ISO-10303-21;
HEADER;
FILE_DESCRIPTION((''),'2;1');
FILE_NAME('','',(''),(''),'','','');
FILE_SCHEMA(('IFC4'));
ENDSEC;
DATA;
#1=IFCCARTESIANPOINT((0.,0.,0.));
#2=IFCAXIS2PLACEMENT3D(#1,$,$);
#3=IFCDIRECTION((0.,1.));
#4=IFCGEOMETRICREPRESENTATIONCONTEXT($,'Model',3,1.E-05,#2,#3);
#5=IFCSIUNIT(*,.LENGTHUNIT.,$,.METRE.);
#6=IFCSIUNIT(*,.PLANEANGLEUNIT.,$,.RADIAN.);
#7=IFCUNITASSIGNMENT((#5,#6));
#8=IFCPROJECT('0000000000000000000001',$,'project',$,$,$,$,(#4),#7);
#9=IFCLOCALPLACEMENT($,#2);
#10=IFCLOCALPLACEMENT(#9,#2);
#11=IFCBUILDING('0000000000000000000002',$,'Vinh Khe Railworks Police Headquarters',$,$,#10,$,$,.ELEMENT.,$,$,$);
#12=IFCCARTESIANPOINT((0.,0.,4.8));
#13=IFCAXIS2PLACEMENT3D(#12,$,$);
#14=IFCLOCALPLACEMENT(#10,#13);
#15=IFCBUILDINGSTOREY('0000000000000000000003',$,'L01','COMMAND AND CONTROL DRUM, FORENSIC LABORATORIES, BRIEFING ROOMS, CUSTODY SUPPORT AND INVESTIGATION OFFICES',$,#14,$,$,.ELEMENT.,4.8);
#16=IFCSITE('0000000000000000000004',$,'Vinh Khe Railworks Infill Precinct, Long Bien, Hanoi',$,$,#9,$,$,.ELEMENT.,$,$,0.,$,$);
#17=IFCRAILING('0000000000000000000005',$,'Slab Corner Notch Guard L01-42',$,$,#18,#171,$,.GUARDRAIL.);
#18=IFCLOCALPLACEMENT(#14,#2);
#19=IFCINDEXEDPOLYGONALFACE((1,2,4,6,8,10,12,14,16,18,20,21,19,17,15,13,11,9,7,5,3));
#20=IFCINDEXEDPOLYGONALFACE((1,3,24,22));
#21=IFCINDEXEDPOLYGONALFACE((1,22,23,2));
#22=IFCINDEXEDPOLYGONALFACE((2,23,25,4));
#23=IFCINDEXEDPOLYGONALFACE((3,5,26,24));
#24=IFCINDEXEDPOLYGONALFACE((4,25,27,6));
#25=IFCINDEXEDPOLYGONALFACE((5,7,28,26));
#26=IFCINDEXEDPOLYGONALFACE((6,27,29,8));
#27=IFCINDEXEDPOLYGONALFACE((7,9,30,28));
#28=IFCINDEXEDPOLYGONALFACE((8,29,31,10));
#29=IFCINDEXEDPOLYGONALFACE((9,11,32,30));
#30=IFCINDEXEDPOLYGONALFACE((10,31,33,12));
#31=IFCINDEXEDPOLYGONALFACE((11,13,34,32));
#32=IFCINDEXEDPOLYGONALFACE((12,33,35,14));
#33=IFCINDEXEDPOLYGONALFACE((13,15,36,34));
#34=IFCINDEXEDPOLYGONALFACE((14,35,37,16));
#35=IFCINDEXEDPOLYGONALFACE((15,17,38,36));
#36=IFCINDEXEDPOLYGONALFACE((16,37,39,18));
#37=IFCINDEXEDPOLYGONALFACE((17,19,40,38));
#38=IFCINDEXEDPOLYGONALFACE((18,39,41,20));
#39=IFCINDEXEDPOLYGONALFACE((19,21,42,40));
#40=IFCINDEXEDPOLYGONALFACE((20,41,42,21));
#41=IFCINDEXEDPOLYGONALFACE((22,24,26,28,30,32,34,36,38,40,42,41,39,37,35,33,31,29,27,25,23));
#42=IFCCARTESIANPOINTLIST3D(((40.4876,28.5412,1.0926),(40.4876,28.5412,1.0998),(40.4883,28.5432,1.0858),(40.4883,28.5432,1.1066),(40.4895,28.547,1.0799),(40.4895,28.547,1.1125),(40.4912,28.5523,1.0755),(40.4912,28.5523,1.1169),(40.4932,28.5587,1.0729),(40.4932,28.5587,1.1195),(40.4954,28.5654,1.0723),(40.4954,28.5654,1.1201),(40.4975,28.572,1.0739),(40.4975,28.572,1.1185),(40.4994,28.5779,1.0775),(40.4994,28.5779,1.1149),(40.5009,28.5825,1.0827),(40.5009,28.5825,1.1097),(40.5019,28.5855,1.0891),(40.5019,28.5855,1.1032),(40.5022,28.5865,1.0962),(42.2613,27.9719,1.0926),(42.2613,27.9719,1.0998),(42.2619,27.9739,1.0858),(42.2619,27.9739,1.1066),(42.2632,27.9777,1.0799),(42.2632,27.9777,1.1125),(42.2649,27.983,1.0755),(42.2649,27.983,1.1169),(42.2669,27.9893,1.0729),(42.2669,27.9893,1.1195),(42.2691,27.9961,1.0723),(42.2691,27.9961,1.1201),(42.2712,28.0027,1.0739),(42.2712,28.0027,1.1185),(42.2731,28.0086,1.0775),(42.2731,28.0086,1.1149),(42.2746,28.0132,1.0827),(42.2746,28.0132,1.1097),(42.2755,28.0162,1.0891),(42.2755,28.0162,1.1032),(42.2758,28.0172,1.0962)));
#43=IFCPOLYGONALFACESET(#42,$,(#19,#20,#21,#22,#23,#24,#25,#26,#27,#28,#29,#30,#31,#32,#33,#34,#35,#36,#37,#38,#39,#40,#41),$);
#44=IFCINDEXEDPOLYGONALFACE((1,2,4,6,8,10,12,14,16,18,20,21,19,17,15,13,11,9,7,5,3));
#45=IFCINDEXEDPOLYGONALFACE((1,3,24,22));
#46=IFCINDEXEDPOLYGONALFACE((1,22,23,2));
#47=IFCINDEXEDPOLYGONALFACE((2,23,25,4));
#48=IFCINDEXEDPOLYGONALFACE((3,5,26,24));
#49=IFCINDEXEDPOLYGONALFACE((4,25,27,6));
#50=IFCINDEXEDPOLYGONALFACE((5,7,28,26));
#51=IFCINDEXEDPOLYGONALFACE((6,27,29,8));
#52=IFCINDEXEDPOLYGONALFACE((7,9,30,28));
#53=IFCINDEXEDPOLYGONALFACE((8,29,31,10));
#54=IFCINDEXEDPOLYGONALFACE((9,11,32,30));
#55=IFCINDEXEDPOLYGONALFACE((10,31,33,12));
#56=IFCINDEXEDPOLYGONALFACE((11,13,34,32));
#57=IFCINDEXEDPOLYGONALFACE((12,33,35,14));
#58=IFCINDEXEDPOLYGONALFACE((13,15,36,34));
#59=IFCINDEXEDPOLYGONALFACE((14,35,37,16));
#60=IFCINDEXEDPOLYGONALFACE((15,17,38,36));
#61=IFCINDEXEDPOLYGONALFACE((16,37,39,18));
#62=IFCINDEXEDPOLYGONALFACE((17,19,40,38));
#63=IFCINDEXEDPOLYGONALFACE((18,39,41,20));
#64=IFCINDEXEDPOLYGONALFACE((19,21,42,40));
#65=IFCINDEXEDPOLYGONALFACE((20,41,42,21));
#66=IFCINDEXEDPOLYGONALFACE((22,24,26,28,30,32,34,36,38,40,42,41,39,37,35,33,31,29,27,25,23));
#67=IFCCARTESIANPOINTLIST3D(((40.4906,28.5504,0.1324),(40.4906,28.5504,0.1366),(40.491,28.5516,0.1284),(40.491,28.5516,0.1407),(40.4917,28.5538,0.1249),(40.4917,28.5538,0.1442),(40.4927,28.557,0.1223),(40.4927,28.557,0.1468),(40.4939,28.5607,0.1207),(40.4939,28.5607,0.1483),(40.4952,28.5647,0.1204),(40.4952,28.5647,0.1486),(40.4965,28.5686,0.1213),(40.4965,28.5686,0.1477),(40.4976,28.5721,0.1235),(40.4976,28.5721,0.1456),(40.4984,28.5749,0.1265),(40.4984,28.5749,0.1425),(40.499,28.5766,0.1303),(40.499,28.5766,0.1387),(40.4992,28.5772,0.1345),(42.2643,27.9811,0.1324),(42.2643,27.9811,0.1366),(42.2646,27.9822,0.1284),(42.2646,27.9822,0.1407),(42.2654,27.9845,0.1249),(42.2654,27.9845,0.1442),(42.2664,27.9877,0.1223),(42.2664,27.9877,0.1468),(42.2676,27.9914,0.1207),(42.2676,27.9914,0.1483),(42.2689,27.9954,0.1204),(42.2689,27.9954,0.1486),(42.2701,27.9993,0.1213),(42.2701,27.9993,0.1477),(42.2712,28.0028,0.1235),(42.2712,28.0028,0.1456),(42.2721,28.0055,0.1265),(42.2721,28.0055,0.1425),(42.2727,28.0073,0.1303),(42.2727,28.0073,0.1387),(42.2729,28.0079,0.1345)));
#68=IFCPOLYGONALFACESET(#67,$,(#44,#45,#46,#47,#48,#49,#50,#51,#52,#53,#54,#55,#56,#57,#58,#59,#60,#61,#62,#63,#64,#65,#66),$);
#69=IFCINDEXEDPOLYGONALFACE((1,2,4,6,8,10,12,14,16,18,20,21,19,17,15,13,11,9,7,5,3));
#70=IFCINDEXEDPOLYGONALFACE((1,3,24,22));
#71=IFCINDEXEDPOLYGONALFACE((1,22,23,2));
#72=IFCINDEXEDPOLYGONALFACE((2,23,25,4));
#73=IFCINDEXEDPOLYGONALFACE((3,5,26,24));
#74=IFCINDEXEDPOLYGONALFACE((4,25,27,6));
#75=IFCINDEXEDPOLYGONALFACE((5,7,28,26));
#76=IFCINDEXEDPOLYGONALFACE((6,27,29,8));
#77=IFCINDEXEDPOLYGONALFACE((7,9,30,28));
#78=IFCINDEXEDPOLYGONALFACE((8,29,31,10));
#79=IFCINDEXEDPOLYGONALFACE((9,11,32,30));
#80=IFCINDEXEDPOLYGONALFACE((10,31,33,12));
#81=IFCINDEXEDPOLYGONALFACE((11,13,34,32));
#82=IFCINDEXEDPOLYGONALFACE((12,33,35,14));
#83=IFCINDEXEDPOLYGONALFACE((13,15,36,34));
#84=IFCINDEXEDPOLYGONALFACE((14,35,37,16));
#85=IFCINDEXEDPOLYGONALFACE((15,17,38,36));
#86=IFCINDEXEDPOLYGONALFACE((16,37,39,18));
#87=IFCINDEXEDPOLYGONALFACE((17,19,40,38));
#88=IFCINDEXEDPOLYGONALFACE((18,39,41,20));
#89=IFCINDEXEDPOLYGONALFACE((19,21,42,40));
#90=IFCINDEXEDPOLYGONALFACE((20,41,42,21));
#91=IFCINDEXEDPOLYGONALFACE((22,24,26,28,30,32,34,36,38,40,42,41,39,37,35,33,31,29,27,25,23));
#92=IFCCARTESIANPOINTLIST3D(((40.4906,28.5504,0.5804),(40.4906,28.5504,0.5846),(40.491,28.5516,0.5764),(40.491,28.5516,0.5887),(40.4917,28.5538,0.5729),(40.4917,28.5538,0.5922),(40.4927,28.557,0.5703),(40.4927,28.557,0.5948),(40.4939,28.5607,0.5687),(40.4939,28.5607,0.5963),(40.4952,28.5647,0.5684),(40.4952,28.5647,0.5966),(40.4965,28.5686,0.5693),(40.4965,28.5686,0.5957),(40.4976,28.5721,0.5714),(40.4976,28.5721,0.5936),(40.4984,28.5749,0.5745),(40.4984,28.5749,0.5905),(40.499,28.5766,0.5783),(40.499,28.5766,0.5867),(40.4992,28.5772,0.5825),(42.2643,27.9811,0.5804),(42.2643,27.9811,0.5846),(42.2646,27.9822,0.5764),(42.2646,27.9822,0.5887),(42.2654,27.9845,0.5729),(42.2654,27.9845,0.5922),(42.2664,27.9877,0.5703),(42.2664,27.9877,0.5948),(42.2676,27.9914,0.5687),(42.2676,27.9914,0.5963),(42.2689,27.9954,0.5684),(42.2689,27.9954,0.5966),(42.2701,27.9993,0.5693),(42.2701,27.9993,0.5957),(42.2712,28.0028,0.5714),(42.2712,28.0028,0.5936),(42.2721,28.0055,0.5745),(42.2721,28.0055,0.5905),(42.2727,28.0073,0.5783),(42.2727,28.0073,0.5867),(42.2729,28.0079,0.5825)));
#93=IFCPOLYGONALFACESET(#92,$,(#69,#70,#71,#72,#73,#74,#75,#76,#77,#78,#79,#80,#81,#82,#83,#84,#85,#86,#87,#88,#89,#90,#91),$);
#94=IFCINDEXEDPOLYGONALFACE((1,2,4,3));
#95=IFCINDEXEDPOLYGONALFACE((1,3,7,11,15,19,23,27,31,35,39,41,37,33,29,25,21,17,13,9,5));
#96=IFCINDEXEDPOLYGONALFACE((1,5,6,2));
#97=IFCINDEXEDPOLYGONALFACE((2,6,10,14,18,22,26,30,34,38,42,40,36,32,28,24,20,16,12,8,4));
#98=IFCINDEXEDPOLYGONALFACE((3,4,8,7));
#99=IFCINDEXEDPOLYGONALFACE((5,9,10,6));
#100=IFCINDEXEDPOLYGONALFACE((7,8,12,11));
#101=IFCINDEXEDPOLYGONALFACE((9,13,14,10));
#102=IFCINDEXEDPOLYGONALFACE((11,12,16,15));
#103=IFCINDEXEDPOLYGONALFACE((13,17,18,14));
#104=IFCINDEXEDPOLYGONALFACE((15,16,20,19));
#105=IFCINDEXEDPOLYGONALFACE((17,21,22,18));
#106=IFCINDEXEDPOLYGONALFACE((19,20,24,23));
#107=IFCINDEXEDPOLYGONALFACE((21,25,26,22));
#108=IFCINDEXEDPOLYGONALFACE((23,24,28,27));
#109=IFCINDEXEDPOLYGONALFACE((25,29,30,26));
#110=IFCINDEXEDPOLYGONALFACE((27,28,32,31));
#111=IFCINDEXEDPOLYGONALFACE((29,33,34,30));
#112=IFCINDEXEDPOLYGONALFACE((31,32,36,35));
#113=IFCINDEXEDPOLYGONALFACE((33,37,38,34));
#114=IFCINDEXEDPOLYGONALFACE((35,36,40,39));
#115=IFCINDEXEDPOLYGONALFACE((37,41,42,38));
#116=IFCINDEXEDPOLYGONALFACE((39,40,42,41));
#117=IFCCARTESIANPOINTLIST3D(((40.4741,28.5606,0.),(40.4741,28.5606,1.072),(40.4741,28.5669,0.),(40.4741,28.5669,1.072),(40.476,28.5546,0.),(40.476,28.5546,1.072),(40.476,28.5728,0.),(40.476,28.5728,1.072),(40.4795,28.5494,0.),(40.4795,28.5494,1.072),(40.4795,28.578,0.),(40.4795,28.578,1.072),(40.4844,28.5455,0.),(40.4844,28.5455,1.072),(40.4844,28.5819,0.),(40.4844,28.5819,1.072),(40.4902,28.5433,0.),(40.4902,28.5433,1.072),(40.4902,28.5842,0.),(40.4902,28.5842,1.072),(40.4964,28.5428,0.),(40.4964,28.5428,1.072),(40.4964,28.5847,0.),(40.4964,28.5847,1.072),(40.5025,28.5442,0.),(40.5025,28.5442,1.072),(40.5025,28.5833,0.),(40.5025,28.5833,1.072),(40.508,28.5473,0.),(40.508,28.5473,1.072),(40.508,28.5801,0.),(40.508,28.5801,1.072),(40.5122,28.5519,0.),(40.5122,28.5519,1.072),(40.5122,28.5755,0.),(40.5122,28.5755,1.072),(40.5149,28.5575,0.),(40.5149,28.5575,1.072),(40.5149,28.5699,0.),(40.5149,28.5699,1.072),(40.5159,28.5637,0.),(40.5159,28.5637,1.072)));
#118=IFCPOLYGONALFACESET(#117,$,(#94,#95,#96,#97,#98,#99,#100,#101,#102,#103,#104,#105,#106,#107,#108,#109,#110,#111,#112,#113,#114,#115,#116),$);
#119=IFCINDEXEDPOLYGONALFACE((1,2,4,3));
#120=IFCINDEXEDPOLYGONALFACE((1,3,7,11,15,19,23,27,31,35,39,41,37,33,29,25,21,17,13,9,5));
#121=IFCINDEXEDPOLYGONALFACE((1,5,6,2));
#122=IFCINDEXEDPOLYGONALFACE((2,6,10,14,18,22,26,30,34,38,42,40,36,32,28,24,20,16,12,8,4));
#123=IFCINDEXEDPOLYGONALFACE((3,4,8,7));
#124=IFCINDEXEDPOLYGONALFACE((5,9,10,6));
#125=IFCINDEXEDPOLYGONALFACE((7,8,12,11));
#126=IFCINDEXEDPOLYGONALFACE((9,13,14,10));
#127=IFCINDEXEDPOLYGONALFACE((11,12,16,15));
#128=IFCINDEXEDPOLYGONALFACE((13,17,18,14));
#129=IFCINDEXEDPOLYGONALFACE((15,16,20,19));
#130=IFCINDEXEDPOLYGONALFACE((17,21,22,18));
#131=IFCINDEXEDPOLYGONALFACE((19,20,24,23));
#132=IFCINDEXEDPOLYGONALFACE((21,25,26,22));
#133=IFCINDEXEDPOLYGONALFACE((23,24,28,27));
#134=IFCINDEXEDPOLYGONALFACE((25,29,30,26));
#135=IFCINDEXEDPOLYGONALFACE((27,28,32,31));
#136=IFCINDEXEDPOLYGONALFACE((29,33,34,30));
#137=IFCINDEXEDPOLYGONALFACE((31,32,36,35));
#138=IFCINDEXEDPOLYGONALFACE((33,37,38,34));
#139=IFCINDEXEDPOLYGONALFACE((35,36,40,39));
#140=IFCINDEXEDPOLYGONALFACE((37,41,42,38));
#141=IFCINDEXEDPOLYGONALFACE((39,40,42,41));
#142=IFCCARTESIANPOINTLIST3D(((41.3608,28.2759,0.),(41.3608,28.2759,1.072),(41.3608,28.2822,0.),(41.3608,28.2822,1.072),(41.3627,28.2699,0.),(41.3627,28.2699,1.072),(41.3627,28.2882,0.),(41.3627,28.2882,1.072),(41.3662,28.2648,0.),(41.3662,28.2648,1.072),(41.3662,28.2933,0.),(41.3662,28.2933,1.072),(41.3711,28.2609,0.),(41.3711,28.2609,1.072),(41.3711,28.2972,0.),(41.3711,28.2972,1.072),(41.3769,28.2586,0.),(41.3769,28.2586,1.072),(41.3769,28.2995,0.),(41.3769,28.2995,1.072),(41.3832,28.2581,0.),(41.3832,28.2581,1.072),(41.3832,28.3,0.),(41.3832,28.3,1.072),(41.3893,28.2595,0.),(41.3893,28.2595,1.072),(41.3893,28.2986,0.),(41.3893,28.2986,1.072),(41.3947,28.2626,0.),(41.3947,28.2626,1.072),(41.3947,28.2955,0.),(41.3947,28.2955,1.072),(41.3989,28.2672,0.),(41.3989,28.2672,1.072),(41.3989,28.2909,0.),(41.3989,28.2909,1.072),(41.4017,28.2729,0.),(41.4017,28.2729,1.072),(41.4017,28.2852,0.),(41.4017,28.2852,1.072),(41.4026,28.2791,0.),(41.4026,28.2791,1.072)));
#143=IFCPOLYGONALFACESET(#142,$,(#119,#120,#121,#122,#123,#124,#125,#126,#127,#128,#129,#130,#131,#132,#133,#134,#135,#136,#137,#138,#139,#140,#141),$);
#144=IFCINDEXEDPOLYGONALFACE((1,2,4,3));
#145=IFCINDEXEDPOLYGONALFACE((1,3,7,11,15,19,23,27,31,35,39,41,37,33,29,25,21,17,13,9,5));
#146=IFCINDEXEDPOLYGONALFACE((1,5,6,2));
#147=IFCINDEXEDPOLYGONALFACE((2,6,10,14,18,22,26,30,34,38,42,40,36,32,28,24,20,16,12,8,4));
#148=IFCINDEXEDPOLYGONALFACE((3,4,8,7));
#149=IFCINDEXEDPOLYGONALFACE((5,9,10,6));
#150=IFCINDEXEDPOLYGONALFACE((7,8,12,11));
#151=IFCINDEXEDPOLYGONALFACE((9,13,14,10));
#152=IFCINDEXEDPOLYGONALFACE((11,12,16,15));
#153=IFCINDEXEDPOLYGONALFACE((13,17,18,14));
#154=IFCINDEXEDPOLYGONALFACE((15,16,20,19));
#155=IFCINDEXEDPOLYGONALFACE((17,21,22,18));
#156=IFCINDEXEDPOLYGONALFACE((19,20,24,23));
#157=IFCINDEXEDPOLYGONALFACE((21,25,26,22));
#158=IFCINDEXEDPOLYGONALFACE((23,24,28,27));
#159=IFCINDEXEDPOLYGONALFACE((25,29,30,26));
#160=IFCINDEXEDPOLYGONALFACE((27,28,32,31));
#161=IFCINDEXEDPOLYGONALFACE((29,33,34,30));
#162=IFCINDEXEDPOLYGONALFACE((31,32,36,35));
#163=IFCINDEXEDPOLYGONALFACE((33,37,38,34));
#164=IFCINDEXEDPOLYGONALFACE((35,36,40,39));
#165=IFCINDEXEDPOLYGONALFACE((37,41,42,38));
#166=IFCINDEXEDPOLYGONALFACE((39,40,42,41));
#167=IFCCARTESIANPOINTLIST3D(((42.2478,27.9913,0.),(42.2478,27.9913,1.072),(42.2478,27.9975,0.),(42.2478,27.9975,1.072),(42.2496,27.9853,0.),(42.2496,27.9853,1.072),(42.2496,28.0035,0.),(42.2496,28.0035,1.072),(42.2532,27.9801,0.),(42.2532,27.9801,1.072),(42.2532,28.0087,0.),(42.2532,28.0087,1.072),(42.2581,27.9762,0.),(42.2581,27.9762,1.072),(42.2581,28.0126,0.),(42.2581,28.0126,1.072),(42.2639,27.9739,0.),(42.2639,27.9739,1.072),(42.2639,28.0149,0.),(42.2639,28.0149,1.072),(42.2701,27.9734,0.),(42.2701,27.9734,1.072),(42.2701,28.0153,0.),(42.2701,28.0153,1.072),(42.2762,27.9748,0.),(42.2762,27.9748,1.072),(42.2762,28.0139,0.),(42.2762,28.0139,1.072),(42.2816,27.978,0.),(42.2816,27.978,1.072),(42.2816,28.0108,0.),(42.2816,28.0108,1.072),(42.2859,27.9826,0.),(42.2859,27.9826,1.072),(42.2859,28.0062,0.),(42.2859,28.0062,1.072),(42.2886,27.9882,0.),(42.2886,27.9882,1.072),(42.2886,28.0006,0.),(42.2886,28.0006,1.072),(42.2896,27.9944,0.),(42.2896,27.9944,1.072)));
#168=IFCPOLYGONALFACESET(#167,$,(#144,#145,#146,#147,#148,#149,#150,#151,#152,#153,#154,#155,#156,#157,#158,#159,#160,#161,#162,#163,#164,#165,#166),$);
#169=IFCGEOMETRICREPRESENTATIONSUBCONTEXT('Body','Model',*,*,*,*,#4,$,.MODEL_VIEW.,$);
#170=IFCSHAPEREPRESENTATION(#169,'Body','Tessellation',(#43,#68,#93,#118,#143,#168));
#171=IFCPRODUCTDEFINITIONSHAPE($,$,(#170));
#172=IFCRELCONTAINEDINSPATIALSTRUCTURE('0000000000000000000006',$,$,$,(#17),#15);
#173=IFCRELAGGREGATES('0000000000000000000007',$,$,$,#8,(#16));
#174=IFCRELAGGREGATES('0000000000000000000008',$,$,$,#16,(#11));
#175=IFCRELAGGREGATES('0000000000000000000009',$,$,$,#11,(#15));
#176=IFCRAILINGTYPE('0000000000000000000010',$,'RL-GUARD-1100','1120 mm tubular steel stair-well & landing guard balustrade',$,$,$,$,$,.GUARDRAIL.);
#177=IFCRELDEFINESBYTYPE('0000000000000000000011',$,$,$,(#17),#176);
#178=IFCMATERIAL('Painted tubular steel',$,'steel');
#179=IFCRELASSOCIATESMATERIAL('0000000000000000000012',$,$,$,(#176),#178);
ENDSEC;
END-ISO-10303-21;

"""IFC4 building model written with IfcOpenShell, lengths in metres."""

from ifc_helpers import new_model, si_unit, direction, frame, origin, origin_2d, place, context, subcontext, project, spatial, circle, extrude, material, type_object, element, save


model = new_model("IFC4")

# Units and contexts
model_context = context("Model", 3, precision=1e-05, world=origin(), true_north=direction((0.0, 1.0)))
body_context = subcontext(model_context, "Body", "Model", "MODEL_VIEW")
ifc_project = project(units=[si_unit("LENGTHUNIT", "METRE"), si_unit("PLANEANGLEUNIT", "RADIAN")], contexts=[model_context])

# Site, building, storey
site_placement = place(None, origin())
site = spatial("IfcSite", under=ifc_project, at=site_placement, Name="Vinh Khe Railworks Infill Precinct, Long Bien, Hanoi", CompositionType="ELEMENT", RefElevation=0.0)
building_placement = place(site_placement, origin())
building = spatial("IfcBuilding", under=site, at=building_placement, Name="Vinh Khe Railworks Police Headquarters", CompositionType="ELEMENT")
storey_placement = place(building_placement, frame((0.0, 0.0, 4.8)))
storey = spatial("IfcBuildingStorey", under=building, at=storey_placement, Name="L01", Description="COMMAND AND CONTROL DRUM, FORENSIC LABORATORIES, BRIEFING ROOMS, CUSTODY SUPPORT AND INVESTIGATION OFFICES", CompositionType="ELEMENT", Elevation=4.8)

# Railing
ifc_material_1 = material(Name="Painted tubular steel", Category="steel")
railing_type = type_object("IfcRailingType", Name="RL-GUARD-1100", Description="1120 mm tubular steel stair-well & landing guard balustrade", PredefinedType="GUARDRAIL", material=ifc_material_1)
railing_1_placement = place(storey_placement, frame((40.4949, 28.5637, 0.0)))
element("IfcRailing", 1, at=railing_1_placement, inside=storey, type_object=railing_type, Name="Slab Corner Notch Guard L01-42", PredefinedType="GUARDRAIL", context=body_context, shape_type="SweptSolid", body=[
    extrude(circle(Radius=0.0239, at=origin_2d()), frame((0.0, 0.0, 1.0962), z_axis=(0.95215, -0.305632, 0.0), x_axis=(0.305632, 0.95215, 0.0)), (0.0, 0.0, 1.0), 1.8628),
    extrude(circle(Radius=0.0142, at=origin_2d()), frame((0.0, 0.0, 0.1345), z_axis=(0.95215, -0.305632, 0.0), x_axis=(0.305632, 0.95215, 0.0)), (0.0, 0.0, 1.0), 1.8628),
    extrude(circle(Radius=0.0142, at=origin_2d()), frame((0.0, 0.0, 0.5825), z_axis=(0.95215, -0.305632, 0.0), x_axis=(0.305632, 0.95215, 0.0)), (0.0, 0.0, 1.0), 1.8628),
    extrude(circle(Radius=0.021, at=origin_2d()), origin(), (0.0, 0.0, 1.0), 1.072),
    extrude(circle(Radius=0.021, at=origin_2d()), frame((0.8867, -0.2847, 0.0)), (0.0, 0.0, 1.0), 1.072),
    extrude(circle(Radius=0.021, at=origin_2d()), frame((1.7737, -0.5693, 0.0)), (0.0, 0.0, 1.0), 1.072),
])

save(model, "model.ifc")
